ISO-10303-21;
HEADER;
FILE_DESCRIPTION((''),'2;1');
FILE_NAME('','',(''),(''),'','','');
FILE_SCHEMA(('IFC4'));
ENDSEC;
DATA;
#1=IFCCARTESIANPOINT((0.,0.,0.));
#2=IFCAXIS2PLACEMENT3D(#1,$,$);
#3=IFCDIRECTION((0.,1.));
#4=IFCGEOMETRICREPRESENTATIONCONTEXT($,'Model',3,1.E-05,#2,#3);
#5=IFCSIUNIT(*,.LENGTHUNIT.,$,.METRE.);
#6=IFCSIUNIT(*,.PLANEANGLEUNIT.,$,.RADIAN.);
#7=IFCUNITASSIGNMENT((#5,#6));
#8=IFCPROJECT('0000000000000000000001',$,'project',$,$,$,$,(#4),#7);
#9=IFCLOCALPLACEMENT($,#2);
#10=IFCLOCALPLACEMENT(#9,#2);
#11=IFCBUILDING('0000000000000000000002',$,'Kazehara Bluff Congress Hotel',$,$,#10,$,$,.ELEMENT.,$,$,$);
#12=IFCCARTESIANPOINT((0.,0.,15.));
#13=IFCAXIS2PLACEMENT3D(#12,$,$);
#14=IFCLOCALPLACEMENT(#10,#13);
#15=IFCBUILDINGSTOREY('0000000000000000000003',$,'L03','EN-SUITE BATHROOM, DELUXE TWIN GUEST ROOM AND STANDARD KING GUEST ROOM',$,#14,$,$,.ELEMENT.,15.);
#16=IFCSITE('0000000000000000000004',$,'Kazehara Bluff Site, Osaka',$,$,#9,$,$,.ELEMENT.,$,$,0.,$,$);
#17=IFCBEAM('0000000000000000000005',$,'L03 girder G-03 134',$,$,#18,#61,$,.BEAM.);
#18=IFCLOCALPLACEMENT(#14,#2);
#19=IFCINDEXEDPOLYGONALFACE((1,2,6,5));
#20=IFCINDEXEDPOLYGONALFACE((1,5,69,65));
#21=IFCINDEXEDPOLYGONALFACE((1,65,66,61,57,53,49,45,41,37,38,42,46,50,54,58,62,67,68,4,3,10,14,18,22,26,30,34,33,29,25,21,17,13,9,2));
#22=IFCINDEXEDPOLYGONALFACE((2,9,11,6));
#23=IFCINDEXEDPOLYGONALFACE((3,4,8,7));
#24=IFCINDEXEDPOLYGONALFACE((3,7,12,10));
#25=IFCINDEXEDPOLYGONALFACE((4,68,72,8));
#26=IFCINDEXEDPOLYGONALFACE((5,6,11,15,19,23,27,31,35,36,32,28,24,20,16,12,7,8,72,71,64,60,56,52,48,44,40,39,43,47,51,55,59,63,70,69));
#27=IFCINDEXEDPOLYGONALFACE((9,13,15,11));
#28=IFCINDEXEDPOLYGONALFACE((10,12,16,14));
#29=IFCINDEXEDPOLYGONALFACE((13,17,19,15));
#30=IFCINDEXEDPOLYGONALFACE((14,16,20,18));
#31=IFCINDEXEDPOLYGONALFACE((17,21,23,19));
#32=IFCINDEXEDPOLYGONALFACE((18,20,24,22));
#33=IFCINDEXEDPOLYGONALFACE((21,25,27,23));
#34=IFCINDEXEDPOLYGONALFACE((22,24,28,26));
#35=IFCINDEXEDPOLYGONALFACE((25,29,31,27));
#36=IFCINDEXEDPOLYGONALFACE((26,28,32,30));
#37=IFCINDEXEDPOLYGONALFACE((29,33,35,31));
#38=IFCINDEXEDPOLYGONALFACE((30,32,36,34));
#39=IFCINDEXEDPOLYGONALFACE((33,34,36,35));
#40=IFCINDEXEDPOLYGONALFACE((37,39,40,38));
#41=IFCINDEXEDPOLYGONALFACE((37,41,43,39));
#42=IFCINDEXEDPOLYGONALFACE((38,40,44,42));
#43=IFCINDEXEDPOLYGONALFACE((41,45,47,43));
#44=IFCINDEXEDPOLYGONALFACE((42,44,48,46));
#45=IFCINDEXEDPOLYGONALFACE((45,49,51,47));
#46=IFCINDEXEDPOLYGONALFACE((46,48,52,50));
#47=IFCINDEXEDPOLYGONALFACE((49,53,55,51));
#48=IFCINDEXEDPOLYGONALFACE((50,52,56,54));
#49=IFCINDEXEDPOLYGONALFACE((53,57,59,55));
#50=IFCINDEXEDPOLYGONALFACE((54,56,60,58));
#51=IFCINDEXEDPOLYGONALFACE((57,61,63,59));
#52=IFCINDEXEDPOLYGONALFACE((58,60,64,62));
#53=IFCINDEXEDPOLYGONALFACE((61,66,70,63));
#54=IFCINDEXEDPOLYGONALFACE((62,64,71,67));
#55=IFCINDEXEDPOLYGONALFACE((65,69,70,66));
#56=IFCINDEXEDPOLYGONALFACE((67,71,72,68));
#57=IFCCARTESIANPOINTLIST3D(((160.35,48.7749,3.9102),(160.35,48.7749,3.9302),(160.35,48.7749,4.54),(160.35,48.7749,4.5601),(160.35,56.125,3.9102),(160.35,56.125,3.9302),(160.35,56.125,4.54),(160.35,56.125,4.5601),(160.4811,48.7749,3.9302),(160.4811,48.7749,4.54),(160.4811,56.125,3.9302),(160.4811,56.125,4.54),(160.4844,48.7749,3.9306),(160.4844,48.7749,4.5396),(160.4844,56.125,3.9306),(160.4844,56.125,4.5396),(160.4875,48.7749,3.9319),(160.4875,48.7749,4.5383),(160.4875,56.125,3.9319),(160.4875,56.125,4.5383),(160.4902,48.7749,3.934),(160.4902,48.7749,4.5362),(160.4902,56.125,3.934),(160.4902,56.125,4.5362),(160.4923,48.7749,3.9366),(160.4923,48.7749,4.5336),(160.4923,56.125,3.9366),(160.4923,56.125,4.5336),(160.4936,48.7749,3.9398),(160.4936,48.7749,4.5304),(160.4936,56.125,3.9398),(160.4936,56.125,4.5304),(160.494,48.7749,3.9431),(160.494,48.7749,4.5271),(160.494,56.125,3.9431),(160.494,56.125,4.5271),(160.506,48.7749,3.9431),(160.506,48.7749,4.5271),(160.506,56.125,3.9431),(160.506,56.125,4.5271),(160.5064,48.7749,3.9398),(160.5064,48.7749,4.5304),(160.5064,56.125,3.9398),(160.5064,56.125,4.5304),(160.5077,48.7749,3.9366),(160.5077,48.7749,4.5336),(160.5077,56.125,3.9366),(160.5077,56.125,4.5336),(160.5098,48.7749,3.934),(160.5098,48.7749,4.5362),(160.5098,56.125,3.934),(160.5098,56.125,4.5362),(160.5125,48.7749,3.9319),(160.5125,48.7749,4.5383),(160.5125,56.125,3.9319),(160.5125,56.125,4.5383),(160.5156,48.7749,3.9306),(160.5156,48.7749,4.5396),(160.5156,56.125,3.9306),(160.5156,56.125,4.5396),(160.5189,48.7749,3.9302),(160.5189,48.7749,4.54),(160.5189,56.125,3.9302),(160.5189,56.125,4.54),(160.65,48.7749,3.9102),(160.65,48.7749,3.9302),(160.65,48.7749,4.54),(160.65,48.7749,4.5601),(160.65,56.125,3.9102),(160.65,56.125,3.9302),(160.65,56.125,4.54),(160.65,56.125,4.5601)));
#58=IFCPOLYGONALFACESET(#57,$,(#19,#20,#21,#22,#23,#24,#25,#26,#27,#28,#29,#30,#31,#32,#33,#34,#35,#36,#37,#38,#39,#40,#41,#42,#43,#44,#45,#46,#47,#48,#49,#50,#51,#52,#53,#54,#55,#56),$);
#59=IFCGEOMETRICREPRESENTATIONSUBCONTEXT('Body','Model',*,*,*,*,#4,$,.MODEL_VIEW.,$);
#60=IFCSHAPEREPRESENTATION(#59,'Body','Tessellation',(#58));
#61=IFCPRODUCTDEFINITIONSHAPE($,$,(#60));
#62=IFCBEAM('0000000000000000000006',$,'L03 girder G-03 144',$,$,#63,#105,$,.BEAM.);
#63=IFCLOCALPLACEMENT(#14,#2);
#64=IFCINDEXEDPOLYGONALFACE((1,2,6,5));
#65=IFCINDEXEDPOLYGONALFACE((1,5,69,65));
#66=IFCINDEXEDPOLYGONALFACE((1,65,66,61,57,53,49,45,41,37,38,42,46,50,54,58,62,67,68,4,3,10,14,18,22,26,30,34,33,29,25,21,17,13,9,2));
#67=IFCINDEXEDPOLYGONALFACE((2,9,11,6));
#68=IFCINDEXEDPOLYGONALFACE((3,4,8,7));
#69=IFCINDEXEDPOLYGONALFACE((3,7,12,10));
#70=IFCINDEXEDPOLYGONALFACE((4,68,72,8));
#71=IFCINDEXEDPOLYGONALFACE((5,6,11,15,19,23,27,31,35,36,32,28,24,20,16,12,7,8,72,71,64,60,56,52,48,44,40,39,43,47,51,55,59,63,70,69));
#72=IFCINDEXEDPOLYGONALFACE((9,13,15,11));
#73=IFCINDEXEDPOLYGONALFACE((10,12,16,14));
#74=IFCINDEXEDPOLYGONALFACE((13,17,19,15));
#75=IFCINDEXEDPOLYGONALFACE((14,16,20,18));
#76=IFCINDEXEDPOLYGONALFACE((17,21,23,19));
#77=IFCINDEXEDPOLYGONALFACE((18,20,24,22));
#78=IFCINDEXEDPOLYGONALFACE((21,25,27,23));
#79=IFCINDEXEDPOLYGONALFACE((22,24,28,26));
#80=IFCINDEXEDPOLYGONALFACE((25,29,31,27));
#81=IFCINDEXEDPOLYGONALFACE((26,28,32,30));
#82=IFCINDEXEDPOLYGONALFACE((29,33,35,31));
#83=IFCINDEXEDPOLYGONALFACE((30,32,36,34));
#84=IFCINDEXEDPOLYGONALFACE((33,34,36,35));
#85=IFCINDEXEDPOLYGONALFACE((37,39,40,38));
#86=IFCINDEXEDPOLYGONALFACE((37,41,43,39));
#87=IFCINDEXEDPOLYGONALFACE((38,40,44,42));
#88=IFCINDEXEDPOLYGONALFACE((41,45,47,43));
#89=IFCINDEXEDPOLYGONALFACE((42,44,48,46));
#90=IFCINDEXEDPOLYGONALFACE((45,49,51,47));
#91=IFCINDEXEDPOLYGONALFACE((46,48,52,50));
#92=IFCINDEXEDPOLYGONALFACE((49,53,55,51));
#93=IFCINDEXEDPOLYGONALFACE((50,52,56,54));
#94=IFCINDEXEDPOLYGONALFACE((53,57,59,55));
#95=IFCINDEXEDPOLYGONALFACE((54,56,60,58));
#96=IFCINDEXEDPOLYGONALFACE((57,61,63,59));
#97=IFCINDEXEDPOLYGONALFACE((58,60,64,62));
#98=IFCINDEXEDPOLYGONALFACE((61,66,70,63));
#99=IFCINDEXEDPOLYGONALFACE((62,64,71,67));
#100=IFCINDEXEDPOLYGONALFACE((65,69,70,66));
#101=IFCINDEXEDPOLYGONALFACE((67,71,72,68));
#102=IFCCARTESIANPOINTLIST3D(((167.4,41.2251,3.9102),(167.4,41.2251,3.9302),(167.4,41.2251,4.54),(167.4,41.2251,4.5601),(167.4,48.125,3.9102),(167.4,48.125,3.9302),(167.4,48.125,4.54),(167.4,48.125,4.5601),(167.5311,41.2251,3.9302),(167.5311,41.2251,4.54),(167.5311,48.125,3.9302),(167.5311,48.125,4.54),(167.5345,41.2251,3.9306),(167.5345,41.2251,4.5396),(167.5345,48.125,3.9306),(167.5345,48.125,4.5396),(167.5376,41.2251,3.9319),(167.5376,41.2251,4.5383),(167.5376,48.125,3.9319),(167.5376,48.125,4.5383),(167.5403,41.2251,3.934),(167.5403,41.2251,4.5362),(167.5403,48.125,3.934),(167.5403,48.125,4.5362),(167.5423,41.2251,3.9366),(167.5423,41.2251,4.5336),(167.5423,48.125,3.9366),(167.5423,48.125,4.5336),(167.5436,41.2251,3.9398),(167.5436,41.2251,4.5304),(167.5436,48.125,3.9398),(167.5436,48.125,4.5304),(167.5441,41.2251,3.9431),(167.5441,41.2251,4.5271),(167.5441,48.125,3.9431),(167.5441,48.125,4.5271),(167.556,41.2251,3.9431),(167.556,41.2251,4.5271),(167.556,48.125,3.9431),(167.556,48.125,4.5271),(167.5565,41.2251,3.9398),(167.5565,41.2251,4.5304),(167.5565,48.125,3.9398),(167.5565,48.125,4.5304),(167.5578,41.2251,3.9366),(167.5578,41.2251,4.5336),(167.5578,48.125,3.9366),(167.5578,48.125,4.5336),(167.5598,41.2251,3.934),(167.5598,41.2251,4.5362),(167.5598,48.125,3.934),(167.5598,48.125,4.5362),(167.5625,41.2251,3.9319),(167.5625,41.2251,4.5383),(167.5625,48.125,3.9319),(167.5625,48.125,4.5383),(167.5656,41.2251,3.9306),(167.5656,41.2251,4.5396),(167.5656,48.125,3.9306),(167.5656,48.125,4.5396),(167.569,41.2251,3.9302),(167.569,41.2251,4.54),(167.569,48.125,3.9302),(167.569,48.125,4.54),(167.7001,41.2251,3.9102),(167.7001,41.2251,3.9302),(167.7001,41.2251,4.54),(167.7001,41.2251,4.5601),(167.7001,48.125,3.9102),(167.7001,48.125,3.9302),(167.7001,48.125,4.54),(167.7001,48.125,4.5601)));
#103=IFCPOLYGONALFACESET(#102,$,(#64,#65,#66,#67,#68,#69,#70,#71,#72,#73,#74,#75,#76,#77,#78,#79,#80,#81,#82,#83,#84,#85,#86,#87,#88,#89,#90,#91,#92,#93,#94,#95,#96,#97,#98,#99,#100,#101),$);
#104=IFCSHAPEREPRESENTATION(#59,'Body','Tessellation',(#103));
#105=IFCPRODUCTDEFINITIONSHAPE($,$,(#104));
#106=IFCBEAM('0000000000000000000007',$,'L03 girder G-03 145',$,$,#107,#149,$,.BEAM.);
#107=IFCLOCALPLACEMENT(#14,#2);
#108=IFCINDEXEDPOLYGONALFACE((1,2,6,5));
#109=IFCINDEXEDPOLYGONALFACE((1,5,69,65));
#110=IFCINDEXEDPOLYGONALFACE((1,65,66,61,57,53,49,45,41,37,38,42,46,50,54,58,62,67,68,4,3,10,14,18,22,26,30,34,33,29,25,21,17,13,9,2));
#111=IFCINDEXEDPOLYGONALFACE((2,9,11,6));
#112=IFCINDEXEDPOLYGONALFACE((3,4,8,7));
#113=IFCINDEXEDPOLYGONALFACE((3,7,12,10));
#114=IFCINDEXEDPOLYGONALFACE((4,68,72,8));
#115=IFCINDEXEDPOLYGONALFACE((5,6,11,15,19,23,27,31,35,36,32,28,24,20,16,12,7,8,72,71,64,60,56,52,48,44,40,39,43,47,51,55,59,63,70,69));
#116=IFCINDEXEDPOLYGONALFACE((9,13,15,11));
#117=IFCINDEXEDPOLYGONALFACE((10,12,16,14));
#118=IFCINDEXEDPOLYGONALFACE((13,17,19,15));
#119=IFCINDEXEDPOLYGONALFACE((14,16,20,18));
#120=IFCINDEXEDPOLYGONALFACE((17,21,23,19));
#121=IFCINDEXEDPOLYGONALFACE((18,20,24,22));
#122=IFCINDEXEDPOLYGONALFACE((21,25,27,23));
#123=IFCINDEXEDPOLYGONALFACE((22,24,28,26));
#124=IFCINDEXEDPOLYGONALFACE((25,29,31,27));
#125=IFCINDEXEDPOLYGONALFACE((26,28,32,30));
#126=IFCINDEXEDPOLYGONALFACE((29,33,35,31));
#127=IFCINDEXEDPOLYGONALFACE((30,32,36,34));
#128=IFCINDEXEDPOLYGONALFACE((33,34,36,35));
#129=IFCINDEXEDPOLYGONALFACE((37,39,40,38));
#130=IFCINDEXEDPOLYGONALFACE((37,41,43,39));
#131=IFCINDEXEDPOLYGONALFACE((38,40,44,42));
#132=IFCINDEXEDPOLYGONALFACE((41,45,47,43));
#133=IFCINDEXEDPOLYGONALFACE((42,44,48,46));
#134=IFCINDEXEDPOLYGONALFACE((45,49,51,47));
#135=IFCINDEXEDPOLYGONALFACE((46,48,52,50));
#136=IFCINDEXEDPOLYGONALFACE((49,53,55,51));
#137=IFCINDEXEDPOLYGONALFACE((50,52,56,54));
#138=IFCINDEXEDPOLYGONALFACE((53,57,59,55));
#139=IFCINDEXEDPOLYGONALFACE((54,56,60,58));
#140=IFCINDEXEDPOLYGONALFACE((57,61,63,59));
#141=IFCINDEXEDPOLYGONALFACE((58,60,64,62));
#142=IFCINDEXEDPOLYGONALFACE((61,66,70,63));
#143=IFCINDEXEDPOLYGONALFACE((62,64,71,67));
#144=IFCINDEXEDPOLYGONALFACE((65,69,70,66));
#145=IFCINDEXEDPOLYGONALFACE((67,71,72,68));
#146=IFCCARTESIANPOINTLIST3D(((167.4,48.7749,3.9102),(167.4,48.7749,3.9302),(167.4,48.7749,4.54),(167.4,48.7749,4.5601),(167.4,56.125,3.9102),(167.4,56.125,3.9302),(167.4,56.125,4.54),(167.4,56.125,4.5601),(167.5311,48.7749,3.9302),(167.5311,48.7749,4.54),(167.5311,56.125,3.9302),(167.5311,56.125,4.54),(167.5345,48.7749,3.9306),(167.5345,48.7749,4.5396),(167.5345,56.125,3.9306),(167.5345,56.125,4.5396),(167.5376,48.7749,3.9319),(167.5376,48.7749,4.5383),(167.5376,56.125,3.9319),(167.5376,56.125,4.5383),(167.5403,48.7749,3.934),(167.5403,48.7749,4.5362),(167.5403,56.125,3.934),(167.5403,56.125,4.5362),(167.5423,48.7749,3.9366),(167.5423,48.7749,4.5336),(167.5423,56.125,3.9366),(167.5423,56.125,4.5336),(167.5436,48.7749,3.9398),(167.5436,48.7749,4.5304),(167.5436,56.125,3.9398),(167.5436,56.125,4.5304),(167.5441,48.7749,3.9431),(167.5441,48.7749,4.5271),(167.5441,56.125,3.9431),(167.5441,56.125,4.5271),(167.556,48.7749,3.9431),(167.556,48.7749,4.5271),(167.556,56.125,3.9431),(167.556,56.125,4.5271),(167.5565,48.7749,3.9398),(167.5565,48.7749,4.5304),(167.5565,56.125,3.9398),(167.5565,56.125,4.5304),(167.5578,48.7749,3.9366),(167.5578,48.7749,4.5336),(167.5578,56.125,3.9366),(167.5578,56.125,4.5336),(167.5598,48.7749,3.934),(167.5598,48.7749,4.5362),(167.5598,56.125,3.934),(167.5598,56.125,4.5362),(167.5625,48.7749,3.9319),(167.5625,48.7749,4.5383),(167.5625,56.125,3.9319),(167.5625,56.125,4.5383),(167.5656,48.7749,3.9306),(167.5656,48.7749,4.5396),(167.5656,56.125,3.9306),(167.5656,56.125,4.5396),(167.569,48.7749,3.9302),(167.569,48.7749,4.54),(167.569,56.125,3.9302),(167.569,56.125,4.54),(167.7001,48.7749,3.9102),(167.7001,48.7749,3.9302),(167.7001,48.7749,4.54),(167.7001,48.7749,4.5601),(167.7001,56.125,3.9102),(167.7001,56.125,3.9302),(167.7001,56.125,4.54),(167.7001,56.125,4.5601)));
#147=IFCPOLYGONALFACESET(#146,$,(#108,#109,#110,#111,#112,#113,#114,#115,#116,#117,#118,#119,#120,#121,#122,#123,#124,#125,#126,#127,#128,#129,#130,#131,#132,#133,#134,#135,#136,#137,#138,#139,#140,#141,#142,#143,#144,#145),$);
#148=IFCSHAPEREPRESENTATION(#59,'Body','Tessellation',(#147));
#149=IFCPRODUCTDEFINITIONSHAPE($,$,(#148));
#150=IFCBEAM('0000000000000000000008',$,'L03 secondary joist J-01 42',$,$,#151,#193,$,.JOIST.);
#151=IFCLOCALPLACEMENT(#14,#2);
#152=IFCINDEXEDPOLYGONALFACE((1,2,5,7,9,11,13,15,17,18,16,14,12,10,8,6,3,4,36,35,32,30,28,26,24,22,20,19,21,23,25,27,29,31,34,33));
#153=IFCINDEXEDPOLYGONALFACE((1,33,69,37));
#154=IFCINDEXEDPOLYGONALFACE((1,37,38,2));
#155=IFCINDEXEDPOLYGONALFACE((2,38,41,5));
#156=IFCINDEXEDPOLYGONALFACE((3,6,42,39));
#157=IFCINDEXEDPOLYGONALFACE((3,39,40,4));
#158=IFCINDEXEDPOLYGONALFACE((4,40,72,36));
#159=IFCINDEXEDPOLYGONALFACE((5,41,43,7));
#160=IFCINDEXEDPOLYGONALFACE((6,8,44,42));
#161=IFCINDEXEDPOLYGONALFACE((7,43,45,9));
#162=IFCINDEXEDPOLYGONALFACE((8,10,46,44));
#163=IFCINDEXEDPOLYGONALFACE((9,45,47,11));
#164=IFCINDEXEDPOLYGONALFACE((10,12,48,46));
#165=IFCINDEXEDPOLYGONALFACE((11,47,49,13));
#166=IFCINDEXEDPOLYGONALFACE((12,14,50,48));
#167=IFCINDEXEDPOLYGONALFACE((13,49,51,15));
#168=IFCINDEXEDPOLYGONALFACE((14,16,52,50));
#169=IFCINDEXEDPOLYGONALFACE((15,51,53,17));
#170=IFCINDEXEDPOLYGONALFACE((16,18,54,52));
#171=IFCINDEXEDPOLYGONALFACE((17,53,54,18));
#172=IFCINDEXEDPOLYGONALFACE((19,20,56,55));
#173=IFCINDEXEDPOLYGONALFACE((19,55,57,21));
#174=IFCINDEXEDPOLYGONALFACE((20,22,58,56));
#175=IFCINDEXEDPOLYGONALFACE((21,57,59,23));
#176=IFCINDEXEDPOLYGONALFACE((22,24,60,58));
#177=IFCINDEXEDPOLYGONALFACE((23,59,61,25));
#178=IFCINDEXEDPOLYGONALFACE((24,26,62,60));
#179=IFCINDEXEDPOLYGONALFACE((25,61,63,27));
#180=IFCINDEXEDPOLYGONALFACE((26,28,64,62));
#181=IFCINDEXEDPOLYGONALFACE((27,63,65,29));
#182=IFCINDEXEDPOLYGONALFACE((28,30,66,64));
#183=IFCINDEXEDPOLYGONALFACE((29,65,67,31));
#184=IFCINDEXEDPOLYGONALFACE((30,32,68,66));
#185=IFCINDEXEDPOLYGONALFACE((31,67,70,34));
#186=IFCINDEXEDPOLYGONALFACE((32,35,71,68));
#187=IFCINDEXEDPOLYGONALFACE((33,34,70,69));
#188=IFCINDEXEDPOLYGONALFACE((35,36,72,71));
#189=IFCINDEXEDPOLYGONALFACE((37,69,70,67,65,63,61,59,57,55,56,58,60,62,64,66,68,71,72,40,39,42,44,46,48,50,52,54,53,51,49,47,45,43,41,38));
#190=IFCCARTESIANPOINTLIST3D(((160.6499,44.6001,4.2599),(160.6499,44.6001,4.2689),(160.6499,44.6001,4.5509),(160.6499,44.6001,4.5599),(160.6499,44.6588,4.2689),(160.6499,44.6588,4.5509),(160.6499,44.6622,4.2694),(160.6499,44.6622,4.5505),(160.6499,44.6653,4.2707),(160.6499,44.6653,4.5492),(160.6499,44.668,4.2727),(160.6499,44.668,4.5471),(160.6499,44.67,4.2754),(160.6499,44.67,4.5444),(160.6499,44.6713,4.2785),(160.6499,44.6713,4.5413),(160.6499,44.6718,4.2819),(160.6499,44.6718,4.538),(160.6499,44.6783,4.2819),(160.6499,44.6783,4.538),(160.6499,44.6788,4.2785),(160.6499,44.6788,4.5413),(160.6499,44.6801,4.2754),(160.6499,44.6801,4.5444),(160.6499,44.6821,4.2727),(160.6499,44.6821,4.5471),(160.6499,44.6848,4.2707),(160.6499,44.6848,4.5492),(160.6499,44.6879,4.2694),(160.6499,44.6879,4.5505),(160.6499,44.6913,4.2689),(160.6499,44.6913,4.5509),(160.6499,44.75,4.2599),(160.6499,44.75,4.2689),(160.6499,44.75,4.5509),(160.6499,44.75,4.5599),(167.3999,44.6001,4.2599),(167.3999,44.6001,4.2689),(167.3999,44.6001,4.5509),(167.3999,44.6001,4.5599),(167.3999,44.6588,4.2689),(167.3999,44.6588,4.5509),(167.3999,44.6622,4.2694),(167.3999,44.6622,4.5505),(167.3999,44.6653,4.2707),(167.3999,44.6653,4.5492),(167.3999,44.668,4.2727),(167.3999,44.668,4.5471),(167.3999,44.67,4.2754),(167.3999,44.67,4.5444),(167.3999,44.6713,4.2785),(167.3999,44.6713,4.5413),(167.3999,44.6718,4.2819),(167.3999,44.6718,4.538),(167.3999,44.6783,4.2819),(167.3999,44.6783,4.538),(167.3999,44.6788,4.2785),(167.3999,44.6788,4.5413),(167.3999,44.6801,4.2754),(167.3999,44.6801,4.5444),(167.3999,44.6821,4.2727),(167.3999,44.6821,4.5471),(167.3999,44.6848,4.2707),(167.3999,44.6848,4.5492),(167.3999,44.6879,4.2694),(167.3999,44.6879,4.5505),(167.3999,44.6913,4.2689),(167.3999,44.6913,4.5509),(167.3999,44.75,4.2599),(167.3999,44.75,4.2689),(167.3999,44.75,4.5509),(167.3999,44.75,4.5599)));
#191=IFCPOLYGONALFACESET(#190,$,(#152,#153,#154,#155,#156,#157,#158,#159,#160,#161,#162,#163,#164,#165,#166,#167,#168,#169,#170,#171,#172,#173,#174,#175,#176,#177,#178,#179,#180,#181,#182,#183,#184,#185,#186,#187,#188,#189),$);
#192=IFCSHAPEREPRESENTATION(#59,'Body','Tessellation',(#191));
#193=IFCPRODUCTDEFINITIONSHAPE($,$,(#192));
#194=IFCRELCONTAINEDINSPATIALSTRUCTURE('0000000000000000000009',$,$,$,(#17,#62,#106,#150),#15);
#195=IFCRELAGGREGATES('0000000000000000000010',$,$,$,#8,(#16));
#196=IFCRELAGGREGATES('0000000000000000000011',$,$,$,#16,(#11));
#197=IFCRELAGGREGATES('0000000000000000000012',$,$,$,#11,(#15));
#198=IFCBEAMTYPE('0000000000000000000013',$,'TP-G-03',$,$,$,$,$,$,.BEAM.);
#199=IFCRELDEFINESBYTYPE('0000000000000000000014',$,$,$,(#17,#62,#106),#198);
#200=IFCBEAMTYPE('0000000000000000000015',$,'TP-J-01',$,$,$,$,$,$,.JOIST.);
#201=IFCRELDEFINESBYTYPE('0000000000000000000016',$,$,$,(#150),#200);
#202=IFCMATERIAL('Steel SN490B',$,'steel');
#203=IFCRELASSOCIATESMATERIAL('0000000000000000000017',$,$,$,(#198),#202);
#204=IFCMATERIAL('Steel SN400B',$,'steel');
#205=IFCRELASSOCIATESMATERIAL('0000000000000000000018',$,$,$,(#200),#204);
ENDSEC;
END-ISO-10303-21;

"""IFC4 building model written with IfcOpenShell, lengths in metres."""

from ifc_helpers import new_model, si_unit, direction, frame, origin, origin_2d, place, context, subcontext, project, spatial, i_section, extrude, material, material_profile, profile_set, type_object, element, save


model = new_model("IFC4")

# Units and contexts
model_context = context("Model", 3, precision=1e-05, world=origin(), true_north=direction((0.0, 1.0)))
body_context = subcontext(model_context, "Body", "Model", "MODEL_VIEW")
ifc_project = project(units=[si_unit("LENGTHUNIT", "METRE"), si_unit("PLANEANGLEUNIT", "RADIAN")], contexts=[model_context])

# Site, building, storey
site_placement = place(None, origin())
site = spatial("IfcSite", under=ifc_project, at=site_placement, Name="Kazehara Bluff Site, Osaka", CompositionType="ELEMENT", RefElevation=0.0)
building_placement = place(site_placement, origin())
building = spatial("IfcBuilding", under=site, at=building_placement, Name="Kazehara Bluff Congress Hotel", CompositionType="ELEMENT")
storey_placement = place(building_placement, frame((0.0, 0.0, 15.0)))
storey = spatial("IfcBuildingStorey", under=building, at=storey_placement, Name="L03", Description="EN-SUITE BATHROOM, DELUXE TWIN GUEST ROOM AND STANDARD KING GUEST ROOM", CompositionType="ELEMENT", Elevation=15.0)

# Beams
ifc_material_1 = material(Name="Steel SN490B", Category="steel")
ifc_material_profile_1 = material_profile(ifc_material_1, i_section(OverallWidth=0.3, OverallDepth=0.6499, WebThickness=0.012, FlangeThickness=0.02, FilletRadius=0.0129, at=origin_2d()))
ifc_profile_set_1 = profile_set([ifc_material_profile_1], Name="Steel SN490B")
beam_type_1 = type_object("IfcBeamType", Name="TP-G-03", PredefinedType="BEAM", material=ifc_profile_set_1)
beam_1_placement = place(storey_placement, frame((160.5, 48.7749, 4.2351), z_axis=(0.0, 1.0, 0.0), x_axis=(-1.0, 0.0, 0.0)))
element("IfcBeam", 1, at=beam_1_placement, inside=storey, type_object=beam_type_1, Name="L03 girder G-03 134", PredefinedType="BEAM", context=body_context, shape_type="SweptSolid", body=[
    extrude(i_section(OverallWidth=0.3, OverallDepth=0.6499, WebThickness=0.012, FlangeThickness=0.02, FilletRadius=0.0129, at=origin_2d()), origin(), (0.0, 0.0, 1.0), 7.3501),
])
beam_2_placement = place(storey_placement, frame((167.55, 41.2251, 4.2351), z_axis=(0.0, 1.0, 0.0), x_axis=(-1.0, 0.0, 0.0)))
element("IfcBeam", 2, at=beam_2_placement, inside=storey, type_object=beam_type_1, Name="L03 girder G-03 144", PredefinedType="BEAM", context=body_context, shape_type="SweptSolid", body=[
    extrude(i_section(OverallWidth=0.3, OverallDepth=0.6499, WebThickness=0.012, FlangeThickness=0.02, FilletRadius=0.0129, at=origin_2d()), origin(), (0.0, 0.0, 1.0), 6.8999),
])
beam_3_placement = place(storey_placement, frame((167.55, 48.7749, 4.2351), z_axis=(0.0, 1.0, 0.0), x_axis=(-1.0, 0.0, 0.0)))
element("IfcBeam", 3, at=beam_3_placement, inside=storey, type_object=beam_type_1, Name="L03 girder G-03 145", PredefinedType="BEAM", context=body_context, shape_type="SweptSolid", body=[
    extrude(i_section(OverallWidth=0.3, OverallDepth=0.6499, WebThickness=0.012, FlangeThickness=0.02, FilletRadius=0.0129, at=origin_2d()), origin(), (0.0, 0.0, 1.0), 7.3501),
])
ifc_material_2 = material(Name="Steel SN400B", Category="steel")
ifc_material_profile_2 = material_profile(ifc_material_2, i_section(OverallWidth=0.1499, OverallDepth=0.3, WebThickness=0.0066, FlangeThickness=0.009, FilletRadius=0.0129, at=origin_2d()))
ifc_profile_set_2 = profile_set([ifc_material_profile_2], Name="Steel SN400B")
beam_type_2 = type_object("IfcBeamType", Name="TP-J-01", PredefinedType="JOIST", material=ifc_profile_set_2)
beam_4_placement = place(storey_placement, frame((160.6499, 44.675, 4.4099), z_axis=(1.0, 0.0, 0.0), x_axis=(0.0, 1.0, 0.0)))
element("IfcBeam", 4, at=beam_4_placement, inside=storey, type_object=beam_type_2, Name="L03 secondary joist J-01 42", PredefinedType="JOIST", context=body_context, shape_type="SweptSolid", body=[
    extrude(i_section(OverallWidth=0.1499, OverallDepth=0.3, WebThickness=0.0066, FlangeThickness=0.009, FilletRadius=0.0129, at=origin_2d()), origin(), (0.0, 0.0, 1.0), 6.75),
])

save(model, "model.ifc")
